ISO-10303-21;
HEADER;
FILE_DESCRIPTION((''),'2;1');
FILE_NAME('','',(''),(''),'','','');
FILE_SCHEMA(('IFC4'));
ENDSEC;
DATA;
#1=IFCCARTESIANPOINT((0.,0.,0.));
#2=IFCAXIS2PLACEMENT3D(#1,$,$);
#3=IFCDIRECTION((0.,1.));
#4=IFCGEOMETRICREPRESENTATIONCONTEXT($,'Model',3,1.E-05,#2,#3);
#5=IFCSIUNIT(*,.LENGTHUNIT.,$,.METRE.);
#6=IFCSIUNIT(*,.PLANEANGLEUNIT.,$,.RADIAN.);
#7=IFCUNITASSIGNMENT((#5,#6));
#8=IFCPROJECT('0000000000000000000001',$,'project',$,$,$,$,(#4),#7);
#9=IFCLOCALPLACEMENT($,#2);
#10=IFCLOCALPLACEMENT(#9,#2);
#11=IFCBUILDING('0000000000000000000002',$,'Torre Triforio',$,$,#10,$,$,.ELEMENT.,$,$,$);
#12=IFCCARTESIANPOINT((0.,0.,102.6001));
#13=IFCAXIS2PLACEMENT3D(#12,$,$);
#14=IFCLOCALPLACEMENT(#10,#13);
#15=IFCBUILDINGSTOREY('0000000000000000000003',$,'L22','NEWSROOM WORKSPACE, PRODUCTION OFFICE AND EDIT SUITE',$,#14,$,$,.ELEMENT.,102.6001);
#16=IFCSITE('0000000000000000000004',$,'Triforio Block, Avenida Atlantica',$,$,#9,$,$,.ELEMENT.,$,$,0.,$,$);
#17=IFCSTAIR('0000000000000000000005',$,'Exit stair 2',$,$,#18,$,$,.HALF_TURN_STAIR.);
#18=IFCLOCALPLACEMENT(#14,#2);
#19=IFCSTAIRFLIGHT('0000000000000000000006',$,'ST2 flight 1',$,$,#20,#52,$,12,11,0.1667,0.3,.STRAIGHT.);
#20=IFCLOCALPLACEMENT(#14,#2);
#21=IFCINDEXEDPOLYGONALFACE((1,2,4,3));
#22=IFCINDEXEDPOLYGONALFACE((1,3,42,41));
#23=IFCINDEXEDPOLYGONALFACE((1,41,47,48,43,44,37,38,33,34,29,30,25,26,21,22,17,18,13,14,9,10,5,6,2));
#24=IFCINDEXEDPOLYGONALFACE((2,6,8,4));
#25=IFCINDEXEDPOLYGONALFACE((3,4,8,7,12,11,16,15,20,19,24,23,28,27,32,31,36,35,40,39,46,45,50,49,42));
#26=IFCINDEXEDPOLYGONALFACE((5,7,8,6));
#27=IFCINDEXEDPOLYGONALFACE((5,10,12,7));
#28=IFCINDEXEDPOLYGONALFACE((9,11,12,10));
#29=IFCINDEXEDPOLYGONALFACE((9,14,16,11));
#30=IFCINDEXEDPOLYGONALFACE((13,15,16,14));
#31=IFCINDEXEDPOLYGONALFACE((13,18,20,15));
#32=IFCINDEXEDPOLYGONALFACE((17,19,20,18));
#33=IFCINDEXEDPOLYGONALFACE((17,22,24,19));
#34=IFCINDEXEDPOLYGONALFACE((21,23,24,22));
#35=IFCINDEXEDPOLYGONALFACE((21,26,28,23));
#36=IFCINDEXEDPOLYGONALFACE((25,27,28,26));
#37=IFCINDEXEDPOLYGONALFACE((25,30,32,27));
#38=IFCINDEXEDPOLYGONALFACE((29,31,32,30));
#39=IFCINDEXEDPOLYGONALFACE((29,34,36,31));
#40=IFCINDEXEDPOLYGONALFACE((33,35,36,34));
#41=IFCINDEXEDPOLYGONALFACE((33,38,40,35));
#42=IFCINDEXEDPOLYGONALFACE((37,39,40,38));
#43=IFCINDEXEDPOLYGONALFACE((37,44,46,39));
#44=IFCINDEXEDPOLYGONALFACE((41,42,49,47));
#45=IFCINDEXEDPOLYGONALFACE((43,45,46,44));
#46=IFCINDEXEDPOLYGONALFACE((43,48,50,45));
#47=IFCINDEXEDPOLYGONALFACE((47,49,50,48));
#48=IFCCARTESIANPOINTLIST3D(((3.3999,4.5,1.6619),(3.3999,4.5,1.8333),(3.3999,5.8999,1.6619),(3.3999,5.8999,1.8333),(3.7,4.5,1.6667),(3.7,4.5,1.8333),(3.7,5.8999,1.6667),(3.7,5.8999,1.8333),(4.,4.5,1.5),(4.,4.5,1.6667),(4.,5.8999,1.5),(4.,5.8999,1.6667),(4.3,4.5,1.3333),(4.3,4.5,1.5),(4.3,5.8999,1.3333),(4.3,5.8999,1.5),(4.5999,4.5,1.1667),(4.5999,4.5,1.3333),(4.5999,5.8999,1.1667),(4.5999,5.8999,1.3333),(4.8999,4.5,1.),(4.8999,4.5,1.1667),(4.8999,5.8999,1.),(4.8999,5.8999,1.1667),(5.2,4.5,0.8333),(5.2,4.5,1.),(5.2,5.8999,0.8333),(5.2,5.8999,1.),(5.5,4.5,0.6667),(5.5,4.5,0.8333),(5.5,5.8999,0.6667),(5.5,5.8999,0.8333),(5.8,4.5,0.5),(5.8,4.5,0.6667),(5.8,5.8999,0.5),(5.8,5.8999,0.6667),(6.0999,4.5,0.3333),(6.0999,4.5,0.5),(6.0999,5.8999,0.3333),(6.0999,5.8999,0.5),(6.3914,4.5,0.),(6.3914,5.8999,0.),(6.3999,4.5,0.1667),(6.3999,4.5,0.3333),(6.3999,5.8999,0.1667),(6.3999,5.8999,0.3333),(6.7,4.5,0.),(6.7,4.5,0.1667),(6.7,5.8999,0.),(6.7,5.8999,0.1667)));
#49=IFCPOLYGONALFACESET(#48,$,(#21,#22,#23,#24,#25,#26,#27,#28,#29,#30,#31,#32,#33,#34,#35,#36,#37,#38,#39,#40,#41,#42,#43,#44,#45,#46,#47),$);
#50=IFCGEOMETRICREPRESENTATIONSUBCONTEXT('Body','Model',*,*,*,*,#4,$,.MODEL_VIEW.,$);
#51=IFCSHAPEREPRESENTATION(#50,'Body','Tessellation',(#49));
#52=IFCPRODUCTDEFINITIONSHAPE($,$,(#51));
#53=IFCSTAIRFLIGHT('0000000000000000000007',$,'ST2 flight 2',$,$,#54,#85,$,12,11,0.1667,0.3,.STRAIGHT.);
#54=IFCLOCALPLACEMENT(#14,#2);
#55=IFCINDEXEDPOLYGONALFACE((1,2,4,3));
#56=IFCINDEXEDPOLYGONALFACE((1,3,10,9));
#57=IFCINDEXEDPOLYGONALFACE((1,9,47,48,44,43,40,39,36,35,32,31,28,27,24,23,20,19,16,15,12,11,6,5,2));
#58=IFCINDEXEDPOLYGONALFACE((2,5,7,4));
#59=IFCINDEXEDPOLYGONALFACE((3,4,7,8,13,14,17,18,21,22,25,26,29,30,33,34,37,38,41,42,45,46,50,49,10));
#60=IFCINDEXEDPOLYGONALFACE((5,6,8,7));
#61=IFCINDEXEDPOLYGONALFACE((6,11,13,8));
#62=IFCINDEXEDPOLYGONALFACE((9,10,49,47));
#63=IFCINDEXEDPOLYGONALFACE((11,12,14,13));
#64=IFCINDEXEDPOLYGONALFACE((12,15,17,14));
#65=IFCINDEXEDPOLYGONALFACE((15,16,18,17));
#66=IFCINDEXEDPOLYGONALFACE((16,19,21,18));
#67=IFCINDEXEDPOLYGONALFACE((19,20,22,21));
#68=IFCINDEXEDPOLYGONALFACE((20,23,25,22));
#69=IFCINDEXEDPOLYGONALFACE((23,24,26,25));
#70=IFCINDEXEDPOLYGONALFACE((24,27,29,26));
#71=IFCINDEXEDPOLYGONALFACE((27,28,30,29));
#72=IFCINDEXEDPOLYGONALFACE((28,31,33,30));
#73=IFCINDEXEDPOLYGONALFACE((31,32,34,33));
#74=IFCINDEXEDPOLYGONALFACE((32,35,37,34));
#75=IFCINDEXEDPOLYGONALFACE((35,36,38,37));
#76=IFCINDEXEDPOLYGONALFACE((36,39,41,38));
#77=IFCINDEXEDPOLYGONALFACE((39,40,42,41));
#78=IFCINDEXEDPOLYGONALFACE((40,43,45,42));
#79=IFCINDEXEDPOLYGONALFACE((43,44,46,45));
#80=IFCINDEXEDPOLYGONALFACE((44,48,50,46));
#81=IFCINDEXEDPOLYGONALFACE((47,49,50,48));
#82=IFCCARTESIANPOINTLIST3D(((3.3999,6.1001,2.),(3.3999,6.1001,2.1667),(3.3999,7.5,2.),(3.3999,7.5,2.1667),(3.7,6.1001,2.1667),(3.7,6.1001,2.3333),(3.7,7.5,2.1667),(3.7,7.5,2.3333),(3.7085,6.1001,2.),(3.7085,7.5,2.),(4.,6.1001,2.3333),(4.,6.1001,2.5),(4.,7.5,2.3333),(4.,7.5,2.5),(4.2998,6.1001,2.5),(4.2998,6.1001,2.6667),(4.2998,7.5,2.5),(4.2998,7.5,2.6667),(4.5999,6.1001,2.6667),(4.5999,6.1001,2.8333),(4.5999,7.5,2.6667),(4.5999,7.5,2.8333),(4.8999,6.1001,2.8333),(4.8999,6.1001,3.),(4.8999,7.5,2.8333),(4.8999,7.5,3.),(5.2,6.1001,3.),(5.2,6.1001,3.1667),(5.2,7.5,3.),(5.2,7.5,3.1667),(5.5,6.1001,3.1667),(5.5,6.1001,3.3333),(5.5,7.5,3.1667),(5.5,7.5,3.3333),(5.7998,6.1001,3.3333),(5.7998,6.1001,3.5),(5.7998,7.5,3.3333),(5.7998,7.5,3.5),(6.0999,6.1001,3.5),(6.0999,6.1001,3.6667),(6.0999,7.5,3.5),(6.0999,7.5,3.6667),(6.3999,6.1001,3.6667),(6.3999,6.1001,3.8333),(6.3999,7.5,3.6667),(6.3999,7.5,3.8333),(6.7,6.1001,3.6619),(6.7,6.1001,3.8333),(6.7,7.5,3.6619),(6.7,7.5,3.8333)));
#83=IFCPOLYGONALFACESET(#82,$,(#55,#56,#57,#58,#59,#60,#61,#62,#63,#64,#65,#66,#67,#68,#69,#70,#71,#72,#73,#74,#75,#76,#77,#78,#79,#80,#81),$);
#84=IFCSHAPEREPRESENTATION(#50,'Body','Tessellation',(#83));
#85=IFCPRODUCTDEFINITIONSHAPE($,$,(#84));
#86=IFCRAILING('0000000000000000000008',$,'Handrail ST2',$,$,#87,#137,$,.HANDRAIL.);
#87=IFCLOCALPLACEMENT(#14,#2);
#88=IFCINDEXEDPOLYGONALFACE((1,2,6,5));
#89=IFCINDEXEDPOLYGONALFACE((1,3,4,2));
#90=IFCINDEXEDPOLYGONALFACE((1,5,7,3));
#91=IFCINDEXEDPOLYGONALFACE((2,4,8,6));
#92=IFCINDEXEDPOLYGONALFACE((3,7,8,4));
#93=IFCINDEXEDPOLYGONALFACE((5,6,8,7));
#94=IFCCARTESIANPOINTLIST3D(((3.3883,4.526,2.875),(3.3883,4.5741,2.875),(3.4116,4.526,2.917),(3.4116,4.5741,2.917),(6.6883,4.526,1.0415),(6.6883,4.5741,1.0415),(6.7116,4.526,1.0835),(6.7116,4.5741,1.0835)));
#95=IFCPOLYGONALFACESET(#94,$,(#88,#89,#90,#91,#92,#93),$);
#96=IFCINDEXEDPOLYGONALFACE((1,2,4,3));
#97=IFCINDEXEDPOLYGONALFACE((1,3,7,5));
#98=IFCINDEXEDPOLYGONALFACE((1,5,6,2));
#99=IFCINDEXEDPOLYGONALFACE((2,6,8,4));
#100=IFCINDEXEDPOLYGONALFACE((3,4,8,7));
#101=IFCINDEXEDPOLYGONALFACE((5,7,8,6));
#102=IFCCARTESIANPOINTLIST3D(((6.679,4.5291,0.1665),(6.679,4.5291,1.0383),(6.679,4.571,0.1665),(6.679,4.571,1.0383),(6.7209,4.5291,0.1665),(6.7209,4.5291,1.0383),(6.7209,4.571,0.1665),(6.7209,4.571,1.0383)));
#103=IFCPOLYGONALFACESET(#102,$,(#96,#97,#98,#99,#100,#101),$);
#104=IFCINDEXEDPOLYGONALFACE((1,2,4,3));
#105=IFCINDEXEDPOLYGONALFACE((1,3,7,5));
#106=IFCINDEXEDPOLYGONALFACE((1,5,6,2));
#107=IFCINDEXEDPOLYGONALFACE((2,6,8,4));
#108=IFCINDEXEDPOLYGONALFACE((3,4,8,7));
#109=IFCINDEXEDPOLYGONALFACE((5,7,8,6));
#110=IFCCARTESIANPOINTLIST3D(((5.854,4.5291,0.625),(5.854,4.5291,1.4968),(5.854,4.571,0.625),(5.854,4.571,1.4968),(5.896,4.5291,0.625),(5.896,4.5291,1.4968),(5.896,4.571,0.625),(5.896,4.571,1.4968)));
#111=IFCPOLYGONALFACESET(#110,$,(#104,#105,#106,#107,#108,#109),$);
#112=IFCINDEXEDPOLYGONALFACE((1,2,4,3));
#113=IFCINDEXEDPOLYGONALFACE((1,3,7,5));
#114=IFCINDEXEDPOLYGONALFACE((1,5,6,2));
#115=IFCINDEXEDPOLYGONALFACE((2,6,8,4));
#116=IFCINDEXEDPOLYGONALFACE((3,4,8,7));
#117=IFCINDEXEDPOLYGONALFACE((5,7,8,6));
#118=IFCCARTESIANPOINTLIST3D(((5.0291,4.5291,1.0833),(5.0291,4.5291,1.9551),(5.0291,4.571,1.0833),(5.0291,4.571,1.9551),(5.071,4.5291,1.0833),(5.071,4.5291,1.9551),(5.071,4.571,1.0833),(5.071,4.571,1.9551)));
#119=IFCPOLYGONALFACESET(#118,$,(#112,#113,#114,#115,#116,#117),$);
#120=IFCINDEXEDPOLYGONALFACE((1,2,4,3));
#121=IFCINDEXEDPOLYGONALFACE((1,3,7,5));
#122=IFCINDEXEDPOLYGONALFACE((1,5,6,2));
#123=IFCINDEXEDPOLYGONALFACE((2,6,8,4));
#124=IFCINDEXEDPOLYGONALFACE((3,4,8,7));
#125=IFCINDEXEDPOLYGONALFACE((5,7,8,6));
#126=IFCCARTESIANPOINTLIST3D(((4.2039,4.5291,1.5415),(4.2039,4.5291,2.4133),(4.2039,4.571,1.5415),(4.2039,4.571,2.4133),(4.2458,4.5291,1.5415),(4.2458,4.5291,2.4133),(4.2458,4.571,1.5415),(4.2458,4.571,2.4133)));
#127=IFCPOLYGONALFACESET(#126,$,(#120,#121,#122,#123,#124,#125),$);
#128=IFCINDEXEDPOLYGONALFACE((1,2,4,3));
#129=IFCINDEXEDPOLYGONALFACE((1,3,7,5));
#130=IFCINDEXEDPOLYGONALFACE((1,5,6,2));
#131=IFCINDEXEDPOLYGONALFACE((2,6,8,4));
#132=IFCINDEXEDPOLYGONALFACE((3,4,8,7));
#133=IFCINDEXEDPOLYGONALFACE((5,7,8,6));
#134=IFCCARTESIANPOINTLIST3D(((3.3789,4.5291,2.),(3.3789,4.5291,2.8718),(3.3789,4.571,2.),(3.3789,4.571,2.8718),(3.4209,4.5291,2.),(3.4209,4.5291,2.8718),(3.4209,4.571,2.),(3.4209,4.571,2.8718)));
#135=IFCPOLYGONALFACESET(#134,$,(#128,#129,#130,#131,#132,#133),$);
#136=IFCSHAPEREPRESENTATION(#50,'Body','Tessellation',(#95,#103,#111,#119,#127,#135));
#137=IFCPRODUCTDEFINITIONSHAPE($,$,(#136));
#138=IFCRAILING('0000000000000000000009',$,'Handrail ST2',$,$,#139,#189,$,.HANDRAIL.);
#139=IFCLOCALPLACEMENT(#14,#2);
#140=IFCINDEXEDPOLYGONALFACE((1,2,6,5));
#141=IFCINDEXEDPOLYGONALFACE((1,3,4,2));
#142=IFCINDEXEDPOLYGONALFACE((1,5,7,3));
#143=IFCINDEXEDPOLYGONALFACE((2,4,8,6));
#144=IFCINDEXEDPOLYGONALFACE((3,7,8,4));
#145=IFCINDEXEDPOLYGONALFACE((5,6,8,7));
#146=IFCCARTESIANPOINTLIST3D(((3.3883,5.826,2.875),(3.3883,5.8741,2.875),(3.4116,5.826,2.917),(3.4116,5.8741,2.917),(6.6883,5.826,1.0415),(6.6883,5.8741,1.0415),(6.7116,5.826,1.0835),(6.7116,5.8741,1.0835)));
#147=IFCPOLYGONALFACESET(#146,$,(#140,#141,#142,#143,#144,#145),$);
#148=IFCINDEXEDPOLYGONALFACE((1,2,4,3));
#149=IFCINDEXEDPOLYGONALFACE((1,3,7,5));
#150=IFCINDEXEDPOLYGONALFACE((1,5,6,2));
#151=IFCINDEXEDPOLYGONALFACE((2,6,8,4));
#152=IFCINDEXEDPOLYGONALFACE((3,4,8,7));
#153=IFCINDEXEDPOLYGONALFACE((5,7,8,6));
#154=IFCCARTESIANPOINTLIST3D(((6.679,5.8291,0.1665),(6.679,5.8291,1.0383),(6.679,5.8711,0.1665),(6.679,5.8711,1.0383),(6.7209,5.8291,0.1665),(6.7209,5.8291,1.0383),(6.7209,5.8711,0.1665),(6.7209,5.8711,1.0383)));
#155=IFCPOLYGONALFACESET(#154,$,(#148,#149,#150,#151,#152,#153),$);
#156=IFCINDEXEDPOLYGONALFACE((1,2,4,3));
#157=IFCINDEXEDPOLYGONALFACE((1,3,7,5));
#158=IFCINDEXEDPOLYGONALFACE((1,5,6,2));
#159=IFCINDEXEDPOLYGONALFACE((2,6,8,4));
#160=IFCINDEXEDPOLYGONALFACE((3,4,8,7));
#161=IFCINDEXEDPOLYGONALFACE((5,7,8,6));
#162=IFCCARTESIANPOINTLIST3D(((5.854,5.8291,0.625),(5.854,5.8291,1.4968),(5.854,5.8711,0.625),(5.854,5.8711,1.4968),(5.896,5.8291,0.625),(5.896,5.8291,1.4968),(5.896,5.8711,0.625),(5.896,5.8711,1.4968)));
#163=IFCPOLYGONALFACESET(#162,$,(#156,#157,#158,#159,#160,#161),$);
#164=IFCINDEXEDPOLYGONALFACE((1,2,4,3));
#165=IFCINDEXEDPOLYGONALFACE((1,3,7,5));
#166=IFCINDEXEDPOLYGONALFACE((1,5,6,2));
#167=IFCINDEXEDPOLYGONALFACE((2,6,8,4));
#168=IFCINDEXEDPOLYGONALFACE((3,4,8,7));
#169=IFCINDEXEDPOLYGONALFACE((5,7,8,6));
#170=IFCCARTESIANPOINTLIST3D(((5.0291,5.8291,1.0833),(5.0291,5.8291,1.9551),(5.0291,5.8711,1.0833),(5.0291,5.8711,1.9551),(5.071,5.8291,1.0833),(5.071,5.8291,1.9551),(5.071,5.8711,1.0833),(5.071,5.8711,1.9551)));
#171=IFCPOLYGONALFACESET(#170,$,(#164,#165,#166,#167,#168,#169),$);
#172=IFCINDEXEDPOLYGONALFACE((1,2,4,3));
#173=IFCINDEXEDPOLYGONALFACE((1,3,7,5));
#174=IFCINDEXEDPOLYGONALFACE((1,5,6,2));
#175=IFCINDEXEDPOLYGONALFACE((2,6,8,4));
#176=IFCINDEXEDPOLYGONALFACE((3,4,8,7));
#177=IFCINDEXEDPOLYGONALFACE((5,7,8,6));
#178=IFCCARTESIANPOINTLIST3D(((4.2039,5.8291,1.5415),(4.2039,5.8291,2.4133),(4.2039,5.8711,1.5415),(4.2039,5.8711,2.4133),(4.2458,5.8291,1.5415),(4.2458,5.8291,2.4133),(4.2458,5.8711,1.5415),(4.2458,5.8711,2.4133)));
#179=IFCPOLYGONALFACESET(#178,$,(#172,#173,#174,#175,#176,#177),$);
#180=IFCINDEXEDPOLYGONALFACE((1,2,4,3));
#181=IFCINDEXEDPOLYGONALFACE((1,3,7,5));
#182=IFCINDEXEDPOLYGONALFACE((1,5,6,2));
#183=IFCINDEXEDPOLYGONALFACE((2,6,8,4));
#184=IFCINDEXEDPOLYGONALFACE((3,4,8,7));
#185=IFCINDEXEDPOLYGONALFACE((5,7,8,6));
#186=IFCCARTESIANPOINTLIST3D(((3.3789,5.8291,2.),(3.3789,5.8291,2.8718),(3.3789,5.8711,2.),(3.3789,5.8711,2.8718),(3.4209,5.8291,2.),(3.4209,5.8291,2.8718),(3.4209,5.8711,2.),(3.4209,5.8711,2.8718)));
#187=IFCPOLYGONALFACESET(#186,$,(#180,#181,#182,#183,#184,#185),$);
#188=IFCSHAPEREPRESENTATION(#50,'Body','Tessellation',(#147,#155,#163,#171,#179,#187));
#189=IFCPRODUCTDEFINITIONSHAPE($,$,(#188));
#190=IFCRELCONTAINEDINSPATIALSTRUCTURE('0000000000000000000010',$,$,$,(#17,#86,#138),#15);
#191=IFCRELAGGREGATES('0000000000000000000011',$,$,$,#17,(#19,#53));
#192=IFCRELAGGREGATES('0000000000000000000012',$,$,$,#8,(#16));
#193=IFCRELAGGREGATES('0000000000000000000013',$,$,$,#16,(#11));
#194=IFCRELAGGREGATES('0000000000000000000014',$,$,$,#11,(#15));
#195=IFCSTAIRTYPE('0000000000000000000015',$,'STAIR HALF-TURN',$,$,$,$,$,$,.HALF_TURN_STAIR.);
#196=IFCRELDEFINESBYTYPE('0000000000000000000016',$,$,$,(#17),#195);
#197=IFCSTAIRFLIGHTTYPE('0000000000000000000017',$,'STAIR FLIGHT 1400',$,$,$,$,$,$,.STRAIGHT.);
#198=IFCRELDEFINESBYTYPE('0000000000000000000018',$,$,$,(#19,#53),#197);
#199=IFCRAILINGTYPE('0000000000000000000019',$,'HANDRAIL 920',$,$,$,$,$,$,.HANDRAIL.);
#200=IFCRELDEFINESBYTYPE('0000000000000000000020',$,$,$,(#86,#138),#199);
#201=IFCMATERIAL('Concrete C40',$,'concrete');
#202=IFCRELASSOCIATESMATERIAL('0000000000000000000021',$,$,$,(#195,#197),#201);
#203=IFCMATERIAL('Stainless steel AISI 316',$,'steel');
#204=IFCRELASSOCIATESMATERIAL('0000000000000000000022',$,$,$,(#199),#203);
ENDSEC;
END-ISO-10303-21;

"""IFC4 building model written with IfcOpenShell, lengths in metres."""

from ifc_helpers import new_model, si_unit, direction, frame, origin, origin_2d, place, context, subcontext, project, spatial, polyline, rectangle, outline, extrude, material, type_object, element, aggregate, save


model = new_model("IFC4")

# Units and contexts
model_context = context("Model", 3, precision=1e-05, world=origin(), true_north=direction((0.0, 1.0)))
body_context = subcontext(model_context, "Body", "Model", "MODEL_VIEW")
ifc_project = project(units=[si_unit("LENGTHUNIT", "METRE"), si_unit("PLANEANGLEUNIT", "RADIAN")], contexts=[model_context])

# Site, building, storey
site_placement = place(None, origin())
site = spatial("IfcSite", under=ifc_project, at=site_placement, Name="Triforio Block, Avenida Atlantica", CompositionType="ELEMENT", RefElevation=0.0)
building_placement = place(site_placement, origin())
building = spatial("IfcBuilding", under=site, at=building_placement, Name="Torre Triforio", CompositionType="ELEMENT")
storey_placement = place(building_placement, frame((0.0, 0.0, 102.6001)))
storey = spatial("IfcBuildingStorey", under=building, at=storey_placement, Name="L22", Description="NEWSROOM WORKSPACE, PRODUCTION OFFICE AND EDIT SUITE", CompositionType="ELEMENT", Elevation=102.6001)

# Stair, stair flights
ifc_material_1 = material(Name="Concrete C40", Category="concrete")
stair_type = type_object("IfcStairType", Name="STAIR HALF-TURN", PredefinedType="HALF_TURN_STAIR", material=ifc_material_1)
stair_placement = place(storey_placement, origin())
stair = element("IfcStair", 1, at=stair_placement, inside=storey, type_object=stair_type, Name="Exit stair 2", PredefinedType="HALF_TURN_STAIR")
stair_flight_type = type_object("IfcStairFlightType", Name="STAIR FLIGHT 1400", PredefinedType="STRAIGHT", material=ifc_material_1)
stair_flight_1_placement = place(storey_placement, frame((6.7, 5.2, 0.0), z_axis=(0.0, 0.0, 1.0), x_axis=(-1.0, 0.0, 0.0)))
stair_flight_1 = element("IfcStairFlight", 2, at=stair_flight_1_placement, type_object=stair_flight_type, Name="ST2 flight 1", NumberOfRisers=12, NumberOfTreads=11, PredefinedType="STRAIGHT", RiserHeight=0.1667, TreadLength=0.3, context=body_context, shape_type="SweptSolid", body=[
    extrude(outline(polyline([(0.0, 0.0), (0.0, 0.1667), (0.3, 0.1667), (0.3, 0.3333), (0.6001, 0.3333), (0.6001, 0.5), (0.8999, 0.5), (0.8999, 0.6667), (1.2, 0.6667), (1.2, 0.8333), (1.5, 0.8333), (1.5, 1.0), (1.8, 1.0), (1.8, 1.1667), (2.1001, 1.1667), (2.1001, 1.3333), (2.3999, 1.3333), (2.3999, 1.5), (2.7, 1.5), (2.7, 1.6667), (3.0, 1.6667), (3.0, 1.8333), (3.3, 1.8333), (3.3, 2.0), (3.3, 1.6619), (0.3086, 0.0), (0.0, 0.0)])), frame((0.0, 0.7, 0.0), z_axis=(0.0, -1.0, 0.0), x_axis=(1.0, 0.0, 0.0)), (0.0, 0.0, 1.0), 1.3999),
])
stair_flight_2_placement = place(storey_placement, frame((3.3999, 6.8, 2.0), z_axis=(0.0, 0.0, 1.0), x_axis=(1.0, 0.0, 0.0)))
stair_flight_2 = element("IfcStairFlight", 3, at=stair_flight_2_placement, type_object=stair_flight_type, Name="ST2 flight 2", NumberOfRisers=12, NumberOfTreads=11, PredefinedType="STRAIGHT", RiserHeight=0.1667, TreadLength=0.3, context=body_context, shape_type="SweptSolid", body=[
    extrude(outline(polyline([(0.0, 0.0), (0.0, 0.1667), (0.3, 0.1667), (0.3, 0.3333), (0.6001, 0.3333), (0.6001, 0.5), (0.8999, 0.5), (0.8999, 0.6667), (1.2, 0.6667), (1.2, 0.8333), (1.5, 0.8333), (1.5, 1.0), (1.8, 1.0), (1.8, 1.1667), (2.1001, 1.1667), (2.1001, 1.3333), (2.3999, 1.3333), (2.3999, 1.5), (2.7, 1.5), (2.7, 1.6667), (3.0, 1.6667), (3.0, 1.8333), (3.3, 1.8333), (3.3, 2.0), (3.3, 1.6619), (0.3086, 0.0), (0.0, 0.0)])), frame((0.0, 0.7, 0.0), z_axis=(0.0, -1.0, 0.0), x_axis=(1.0, 0.0, 0.0)), (0.0, 0.0, 1.0), 1.3999),
])
aggregate(stair, [stair_flight_1, stair_flight_2])

# Railings
ifc_material_2 = material(Name="Stainless steel AISI 316", Category="steel")
railing_type = type_object("IfcRailingType", Name="HANDRAIL 920", PredefinedType="HANDRAIL", material=ifc_material_2)
for number, where, name in (
    (4, (6.7, 4.55, 0.1665), "Handrail ST2"),
    (5, (6.7, 5.8501, 0.1665), "Handrail ST2"),
):
    element("IfcRailing", number, at=place(storey_placement, frame(where)), inside=storey, type_object=railing_type, Name=name, PredefinedType="HANDRAIL", context=body_context, shape_type="SweptSolid", body=[
        extrude(rectangle(XDim=0.0481, YDim=0.0481, at=origin_2d()), frame((0.0, 0.0, 0.896), z_axis=(-0.874142, 0.0, 0.48567), x_axis=(0.0, -1.0, 0.0)), (0.0, 0.0, 1.0), 3.7751),
        extrude(rectangle(XDim=0.042, YDim=0.042, at=origin_2d()), origin(), (0.0, 0.0, 1.0), 0.8718),
        extrude(rectangle(XDim=0.042, YDim=0.042, at=origin_2d()), frame((-0.825, 0.0, 0.4585)), (0.0, 0.0, 1.0), 0.8718),
        extrude(rectangle(XDim=0.042, YDim=0.042, at=origin_2d()), frame((-1.6499, 0.0, 0.9167)), (0.0, 0.0, 1.0), 0.8718),
        extrude(rectangle(XDim=0.042, YDim=0.042, at=origin_2d()), frame((-2.4751, 0.0, 1.375)), (0.0, 0.0, 1.0), 0.8718),
        extrude(rectangle(XDim=0.042, YDim=0.042, at=origin_2d()), frame((-3.3, 0.0, 1.8335)), (0.0, 0.0, 1.0), 0.8718),
    ])

save(model, "model.ifc")
